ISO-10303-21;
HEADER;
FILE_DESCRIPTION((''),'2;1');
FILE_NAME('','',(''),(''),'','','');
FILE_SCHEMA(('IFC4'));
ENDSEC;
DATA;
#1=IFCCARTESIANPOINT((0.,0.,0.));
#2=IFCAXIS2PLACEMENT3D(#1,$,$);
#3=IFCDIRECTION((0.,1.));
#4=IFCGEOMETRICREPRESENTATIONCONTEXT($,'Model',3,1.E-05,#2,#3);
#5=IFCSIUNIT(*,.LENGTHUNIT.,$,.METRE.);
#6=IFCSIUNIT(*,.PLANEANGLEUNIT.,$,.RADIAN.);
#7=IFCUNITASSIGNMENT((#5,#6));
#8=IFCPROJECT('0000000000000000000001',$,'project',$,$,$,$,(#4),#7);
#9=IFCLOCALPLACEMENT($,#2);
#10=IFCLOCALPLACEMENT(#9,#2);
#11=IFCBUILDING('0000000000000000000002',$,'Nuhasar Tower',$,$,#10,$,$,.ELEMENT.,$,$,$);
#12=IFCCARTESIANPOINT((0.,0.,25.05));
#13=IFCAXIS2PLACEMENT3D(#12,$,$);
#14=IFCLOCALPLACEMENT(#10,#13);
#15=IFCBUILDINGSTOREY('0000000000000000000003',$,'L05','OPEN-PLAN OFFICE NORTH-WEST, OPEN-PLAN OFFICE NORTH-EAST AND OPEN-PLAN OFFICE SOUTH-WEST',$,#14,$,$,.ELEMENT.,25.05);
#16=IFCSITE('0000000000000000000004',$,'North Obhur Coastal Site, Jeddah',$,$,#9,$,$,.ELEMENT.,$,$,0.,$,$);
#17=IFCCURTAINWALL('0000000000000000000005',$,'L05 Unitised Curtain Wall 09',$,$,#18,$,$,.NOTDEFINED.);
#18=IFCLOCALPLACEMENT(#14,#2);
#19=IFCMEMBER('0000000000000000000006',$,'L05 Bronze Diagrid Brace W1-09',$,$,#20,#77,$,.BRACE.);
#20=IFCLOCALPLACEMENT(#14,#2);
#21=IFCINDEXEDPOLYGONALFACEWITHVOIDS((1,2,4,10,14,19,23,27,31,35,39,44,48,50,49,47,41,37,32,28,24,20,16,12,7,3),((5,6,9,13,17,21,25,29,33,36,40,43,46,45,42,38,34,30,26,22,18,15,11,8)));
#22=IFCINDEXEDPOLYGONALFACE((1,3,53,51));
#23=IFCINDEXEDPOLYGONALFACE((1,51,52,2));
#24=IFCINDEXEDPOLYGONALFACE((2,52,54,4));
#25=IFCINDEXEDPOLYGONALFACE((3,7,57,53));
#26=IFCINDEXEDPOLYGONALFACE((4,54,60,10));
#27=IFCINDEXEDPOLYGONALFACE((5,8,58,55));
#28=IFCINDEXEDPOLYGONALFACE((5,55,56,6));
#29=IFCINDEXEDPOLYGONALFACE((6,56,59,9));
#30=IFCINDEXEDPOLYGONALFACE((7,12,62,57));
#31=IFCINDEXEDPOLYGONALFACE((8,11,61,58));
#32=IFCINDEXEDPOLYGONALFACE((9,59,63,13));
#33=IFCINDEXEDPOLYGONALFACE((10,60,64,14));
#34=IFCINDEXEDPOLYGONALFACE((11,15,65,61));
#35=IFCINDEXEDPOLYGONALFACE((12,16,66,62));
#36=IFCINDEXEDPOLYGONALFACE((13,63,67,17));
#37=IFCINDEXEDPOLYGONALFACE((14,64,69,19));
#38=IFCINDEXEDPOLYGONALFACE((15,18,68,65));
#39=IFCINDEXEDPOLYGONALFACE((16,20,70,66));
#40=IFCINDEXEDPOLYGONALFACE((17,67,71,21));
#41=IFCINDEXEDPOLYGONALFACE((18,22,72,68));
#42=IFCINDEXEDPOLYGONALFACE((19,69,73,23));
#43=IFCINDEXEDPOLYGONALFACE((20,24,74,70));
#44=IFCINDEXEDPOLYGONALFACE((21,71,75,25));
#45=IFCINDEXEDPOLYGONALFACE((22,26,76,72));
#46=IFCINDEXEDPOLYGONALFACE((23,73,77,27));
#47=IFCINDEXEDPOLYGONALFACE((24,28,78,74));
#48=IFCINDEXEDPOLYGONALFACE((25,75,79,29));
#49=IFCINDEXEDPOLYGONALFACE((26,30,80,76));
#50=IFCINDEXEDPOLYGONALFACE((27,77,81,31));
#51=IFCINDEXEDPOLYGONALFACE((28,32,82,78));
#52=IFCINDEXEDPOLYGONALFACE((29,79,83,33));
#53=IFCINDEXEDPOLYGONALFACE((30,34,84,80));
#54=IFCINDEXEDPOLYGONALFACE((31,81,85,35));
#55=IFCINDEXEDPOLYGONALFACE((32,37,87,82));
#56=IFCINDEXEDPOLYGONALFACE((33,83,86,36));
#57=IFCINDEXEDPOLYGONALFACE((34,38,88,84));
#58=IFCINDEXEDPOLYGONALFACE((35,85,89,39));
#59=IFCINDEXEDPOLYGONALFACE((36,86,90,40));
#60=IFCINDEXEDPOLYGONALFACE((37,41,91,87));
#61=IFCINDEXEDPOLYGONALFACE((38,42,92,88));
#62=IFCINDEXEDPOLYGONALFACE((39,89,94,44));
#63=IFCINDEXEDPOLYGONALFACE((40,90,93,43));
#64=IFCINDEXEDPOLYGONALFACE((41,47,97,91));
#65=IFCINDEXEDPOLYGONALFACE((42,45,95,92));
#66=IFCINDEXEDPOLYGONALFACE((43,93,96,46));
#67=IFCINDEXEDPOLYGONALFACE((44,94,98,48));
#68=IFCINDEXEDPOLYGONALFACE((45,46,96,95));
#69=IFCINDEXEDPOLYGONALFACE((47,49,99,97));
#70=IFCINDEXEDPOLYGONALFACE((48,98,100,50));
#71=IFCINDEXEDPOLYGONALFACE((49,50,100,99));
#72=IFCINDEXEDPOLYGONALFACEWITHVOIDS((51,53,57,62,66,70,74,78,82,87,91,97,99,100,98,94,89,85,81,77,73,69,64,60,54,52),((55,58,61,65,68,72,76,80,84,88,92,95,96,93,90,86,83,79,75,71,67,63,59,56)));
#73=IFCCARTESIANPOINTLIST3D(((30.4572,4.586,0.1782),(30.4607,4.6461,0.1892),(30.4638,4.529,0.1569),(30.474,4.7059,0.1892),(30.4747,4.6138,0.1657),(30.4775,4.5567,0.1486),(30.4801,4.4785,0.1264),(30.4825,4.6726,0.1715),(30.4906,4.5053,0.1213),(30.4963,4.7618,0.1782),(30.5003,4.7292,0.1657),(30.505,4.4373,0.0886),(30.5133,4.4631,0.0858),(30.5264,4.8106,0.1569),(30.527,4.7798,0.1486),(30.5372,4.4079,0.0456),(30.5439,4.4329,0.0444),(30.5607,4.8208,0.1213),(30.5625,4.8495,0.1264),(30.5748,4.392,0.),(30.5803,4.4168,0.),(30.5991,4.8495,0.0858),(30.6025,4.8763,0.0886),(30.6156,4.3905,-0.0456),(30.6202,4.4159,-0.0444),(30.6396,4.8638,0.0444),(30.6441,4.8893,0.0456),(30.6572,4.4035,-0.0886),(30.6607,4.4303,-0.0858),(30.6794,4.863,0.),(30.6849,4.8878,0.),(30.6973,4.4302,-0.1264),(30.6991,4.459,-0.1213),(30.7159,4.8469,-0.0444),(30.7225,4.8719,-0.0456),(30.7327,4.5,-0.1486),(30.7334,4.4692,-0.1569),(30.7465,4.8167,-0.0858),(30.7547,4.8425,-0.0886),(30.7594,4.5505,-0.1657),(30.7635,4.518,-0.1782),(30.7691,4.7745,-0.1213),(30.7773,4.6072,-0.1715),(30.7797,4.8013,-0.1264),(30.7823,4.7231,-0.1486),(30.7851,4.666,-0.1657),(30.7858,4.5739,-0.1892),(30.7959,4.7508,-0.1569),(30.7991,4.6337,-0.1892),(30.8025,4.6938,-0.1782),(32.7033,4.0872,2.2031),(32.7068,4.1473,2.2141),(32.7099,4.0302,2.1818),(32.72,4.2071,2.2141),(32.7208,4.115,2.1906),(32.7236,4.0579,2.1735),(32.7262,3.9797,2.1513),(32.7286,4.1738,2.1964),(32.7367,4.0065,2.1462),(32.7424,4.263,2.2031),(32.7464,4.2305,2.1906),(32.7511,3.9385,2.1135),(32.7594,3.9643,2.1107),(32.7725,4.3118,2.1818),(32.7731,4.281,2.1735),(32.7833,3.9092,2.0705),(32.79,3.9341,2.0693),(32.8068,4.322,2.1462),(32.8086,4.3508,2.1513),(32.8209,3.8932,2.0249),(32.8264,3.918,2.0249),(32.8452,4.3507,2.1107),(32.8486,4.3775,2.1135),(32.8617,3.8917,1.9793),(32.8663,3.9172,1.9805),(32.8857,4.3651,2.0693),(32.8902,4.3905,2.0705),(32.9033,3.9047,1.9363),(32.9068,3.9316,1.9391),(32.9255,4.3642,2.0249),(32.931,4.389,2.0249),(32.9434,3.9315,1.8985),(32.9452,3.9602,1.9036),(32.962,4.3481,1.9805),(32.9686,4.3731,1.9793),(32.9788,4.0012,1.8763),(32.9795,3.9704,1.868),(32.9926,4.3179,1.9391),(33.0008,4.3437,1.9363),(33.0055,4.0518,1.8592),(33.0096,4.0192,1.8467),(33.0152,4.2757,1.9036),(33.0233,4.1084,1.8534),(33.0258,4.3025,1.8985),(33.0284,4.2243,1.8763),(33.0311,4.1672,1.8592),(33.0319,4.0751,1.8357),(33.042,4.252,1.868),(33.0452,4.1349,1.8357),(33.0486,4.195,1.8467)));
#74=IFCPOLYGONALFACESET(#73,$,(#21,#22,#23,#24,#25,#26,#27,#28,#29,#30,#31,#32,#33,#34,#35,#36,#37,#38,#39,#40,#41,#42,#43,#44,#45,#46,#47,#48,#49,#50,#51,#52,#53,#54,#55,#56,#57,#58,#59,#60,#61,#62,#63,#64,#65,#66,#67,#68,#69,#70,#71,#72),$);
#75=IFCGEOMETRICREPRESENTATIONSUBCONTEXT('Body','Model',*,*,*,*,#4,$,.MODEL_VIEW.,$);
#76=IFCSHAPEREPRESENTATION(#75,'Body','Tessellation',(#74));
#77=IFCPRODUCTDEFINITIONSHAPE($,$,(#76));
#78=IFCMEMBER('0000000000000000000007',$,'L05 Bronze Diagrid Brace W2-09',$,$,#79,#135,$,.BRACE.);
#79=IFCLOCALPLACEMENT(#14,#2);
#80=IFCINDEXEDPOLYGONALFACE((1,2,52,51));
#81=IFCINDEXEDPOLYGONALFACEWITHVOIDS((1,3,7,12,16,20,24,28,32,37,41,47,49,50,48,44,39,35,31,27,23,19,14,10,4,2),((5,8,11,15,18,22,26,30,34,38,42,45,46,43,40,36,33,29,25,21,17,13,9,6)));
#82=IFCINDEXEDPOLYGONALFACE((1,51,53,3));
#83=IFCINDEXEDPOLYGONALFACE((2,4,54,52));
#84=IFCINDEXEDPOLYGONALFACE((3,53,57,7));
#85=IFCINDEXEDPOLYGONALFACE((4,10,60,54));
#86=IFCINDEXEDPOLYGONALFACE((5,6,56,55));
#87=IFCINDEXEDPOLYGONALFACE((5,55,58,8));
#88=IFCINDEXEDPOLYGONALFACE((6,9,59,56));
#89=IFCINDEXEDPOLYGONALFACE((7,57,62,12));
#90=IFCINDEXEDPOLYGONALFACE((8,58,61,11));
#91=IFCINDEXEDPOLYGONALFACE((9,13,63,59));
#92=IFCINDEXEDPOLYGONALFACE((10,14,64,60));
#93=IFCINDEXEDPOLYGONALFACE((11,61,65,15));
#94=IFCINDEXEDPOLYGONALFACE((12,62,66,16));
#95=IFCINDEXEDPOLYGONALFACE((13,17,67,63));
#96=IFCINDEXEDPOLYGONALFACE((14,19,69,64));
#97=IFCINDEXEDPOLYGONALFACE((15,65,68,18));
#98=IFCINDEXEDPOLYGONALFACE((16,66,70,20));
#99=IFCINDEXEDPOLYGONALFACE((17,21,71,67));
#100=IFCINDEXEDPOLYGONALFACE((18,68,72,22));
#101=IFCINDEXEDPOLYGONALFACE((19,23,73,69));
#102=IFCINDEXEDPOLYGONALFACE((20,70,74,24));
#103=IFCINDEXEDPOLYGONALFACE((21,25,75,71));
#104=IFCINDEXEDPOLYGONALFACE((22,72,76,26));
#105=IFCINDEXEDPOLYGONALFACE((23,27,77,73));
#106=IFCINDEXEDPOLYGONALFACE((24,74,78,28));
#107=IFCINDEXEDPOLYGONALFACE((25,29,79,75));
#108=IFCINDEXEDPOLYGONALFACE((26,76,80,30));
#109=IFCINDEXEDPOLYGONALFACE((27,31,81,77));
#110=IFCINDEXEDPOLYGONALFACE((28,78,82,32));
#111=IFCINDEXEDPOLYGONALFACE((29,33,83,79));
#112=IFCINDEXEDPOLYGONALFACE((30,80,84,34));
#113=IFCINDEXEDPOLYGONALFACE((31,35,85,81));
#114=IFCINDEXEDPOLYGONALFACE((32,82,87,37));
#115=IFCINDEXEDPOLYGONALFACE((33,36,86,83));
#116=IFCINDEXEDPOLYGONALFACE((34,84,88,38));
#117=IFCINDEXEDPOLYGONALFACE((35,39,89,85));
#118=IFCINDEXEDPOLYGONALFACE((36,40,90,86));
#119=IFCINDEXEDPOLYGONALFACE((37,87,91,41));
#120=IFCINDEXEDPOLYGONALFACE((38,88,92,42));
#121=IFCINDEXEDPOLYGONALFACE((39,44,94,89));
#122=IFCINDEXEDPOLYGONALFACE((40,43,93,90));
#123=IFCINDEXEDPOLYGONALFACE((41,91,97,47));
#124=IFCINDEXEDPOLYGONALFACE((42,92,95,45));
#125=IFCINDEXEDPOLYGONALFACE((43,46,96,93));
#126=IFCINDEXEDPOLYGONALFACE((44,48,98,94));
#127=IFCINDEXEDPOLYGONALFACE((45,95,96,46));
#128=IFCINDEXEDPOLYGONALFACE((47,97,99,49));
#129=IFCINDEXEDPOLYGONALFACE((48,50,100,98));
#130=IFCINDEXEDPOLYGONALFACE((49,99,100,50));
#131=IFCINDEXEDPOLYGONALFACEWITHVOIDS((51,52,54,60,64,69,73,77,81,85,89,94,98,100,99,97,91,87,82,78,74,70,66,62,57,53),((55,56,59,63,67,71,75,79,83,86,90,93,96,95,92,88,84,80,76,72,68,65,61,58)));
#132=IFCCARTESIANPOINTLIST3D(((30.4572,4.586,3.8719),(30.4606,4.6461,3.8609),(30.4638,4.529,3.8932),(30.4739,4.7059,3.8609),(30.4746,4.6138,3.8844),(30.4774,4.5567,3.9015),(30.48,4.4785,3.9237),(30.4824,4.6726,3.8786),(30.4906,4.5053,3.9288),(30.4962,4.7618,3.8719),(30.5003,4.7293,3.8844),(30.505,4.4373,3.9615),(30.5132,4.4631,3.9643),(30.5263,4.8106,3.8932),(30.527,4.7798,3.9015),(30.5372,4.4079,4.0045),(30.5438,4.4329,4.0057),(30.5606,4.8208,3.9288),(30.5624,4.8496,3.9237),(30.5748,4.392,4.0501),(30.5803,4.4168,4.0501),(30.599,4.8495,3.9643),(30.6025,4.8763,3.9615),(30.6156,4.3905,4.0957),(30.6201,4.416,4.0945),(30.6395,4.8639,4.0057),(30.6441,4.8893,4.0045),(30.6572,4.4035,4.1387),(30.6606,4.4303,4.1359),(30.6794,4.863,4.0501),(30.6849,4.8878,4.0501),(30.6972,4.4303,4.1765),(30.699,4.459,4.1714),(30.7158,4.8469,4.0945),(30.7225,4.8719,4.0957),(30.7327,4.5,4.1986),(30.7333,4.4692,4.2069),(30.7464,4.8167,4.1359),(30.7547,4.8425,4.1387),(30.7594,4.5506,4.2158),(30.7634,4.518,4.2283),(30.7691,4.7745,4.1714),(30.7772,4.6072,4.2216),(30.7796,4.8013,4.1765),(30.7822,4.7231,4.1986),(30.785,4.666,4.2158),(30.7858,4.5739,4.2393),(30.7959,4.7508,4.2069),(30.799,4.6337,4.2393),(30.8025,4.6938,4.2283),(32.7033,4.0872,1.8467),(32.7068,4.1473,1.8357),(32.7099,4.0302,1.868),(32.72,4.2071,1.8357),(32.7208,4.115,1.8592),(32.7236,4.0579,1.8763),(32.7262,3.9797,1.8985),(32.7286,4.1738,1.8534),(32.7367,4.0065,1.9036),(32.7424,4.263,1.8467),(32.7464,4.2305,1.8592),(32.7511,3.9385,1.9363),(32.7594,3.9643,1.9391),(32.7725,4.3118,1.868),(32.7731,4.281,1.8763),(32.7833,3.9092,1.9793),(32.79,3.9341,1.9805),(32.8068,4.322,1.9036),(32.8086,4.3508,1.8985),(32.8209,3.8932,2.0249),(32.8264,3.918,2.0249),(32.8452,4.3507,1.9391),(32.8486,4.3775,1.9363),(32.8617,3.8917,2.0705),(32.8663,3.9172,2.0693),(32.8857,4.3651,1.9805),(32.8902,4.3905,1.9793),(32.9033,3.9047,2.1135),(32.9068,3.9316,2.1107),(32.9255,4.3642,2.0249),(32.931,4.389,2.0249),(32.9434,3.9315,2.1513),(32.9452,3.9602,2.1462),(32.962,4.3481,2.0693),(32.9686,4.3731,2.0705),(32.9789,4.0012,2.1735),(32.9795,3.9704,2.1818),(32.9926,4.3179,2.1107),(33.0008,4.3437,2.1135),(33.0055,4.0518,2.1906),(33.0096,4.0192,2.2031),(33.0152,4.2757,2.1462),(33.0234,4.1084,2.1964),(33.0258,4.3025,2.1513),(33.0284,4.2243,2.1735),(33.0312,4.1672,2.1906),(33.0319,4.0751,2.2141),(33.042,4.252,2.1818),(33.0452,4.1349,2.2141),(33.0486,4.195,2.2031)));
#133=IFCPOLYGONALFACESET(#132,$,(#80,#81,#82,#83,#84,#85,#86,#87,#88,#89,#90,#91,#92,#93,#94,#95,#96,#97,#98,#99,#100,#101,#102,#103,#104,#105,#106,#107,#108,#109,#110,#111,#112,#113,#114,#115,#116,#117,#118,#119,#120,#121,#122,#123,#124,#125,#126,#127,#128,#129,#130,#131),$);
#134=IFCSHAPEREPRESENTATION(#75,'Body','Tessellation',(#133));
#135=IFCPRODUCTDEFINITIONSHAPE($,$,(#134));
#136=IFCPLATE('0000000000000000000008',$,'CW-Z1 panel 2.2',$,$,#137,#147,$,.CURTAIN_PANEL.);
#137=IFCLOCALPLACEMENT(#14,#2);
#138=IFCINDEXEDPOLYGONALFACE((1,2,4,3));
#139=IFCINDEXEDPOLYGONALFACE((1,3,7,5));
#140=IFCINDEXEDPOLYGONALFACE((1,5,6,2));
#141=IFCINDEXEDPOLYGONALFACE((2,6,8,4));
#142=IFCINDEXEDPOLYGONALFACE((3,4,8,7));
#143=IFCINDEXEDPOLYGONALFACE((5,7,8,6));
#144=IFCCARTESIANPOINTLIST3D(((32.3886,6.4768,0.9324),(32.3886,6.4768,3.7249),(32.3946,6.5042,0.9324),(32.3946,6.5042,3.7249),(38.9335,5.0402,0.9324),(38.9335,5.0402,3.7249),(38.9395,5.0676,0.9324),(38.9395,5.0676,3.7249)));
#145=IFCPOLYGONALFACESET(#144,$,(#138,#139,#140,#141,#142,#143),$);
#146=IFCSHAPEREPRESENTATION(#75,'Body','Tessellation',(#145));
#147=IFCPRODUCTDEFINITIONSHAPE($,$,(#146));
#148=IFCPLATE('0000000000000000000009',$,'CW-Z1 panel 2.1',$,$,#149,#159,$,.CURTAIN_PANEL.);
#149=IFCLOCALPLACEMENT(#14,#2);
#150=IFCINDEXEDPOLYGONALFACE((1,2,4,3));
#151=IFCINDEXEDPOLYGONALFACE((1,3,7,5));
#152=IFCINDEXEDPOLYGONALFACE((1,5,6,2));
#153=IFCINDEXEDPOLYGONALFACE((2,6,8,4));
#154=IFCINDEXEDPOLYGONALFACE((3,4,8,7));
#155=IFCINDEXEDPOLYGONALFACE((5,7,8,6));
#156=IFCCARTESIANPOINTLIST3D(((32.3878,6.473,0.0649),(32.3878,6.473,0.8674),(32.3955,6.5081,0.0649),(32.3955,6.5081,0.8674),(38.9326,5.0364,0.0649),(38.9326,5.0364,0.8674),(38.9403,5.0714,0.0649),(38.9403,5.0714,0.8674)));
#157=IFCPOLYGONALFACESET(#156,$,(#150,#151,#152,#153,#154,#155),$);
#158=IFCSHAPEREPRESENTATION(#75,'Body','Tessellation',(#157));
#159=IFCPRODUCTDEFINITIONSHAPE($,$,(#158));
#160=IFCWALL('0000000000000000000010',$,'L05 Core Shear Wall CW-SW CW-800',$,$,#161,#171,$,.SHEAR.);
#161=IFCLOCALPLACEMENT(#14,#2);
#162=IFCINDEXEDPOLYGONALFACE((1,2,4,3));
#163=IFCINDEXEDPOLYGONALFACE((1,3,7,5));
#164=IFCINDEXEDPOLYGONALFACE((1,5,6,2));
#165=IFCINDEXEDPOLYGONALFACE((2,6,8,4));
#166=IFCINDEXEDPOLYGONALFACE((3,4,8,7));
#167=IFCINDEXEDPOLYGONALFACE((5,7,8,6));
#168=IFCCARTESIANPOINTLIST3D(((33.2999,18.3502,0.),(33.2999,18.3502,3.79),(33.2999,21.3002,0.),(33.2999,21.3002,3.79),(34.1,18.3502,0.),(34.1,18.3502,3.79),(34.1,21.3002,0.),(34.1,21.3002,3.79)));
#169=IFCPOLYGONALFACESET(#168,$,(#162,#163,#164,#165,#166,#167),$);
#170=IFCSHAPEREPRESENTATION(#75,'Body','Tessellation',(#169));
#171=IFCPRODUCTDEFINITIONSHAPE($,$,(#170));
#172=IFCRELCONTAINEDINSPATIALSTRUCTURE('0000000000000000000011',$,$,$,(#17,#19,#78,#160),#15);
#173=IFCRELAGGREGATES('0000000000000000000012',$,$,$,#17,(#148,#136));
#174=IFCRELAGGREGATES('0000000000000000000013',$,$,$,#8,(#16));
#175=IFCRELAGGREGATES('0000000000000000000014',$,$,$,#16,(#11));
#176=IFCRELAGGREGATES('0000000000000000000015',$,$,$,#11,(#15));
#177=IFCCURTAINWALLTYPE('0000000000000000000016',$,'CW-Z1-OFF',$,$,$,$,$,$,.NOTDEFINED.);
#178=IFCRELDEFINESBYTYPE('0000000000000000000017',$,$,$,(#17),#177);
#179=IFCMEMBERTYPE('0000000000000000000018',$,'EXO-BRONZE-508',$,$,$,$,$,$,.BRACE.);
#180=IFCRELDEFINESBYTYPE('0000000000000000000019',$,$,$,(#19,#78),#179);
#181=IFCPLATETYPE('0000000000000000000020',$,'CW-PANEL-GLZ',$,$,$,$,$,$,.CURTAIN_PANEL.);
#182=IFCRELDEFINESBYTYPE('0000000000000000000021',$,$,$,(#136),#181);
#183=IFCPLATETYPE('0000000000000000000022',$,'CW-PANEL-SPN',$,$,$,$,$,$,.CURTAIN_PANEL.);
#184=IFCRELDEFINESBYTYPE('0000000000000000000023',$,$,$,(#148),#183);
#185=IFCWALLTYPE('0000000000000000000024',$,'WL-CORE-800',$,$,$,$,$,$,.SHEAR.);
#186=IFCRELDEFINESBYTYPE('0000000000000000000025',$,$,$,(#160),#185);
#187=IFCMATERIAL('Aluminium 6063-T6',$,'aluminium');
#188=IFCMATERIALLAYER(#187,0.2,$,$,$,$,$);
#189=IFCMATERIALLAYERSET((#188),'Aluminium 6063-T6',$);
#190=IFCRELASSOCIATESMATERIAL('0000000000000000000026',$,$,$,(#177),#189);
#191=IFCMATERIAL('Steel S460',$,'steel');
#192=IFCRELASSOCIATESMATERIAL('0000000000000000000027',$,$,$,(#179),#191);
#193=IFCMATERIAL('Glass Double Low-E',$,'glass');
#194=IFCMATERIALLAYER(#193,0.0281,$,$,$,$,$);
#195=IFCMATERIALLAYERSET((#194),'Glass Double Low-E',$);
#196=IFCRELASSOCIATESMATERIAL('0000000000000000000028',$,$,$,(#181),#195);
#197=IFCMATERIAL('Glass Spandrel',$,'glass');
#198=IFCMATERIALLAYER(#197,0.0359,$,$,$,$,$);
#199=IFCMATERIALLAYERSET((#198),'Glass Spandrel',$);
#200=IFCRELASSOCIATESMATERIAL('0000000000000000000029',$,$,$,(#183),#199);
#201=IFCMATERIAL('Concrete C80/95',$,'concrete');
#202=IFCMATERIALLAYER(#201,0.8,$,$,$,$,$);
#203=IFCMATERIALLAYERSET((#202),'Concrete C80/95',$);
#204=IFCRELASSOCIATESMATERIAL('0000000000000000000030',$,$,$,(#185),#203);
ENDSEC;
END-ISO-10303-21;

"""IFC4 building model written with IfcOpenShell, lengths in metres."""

from ifc_helpers import new_model, si_unit, direction, frame, frame_2d, origin, origin_2d, place, context, subcontext, project, spatial, rectangle, hollow_circle, extrude, material, layer, layer_set, material_profile, profile_set, type_object, element, aggregate, save


model = new_model("IFC4")

# Units and contexts
model_context = context("Model", 3, precision=1e-05, world=origin(), true_north=direction((0.0, 1.0)))
body_context = subcontext(model_context, "Body", "Model", "MODEL_VIEW")
ifc_project = project(units=[si_unit("LENGTHUNIT", "METRE"), si_unit("PLANEANGLEUNIT", "RADIAN")], contexts=[model_context])

# Site, building, storey
site_placement = place(None, origin())
site = spatial("IfcSite", under=ifc_project, at=site_placement, Name="North Obhur Coastal Site, Jeddah", CompositionType="ELEMENT", RefElevation=0.0)
building_placement = place(site_placement, origin())
building = spatial("IfcBuilding", under=site, at=building_placement, Name="Nuhasar Tower", CompositionType="ELEMENT")
storey_placement = place(building_placement, frame((0.0, 0.0, 25.05)))
storey = spatial("IfcBuildingStorey", under=building, at=storey_placement, Name="L05", Description="OPEN-PLAN OFFICE NORTH-WEST, OPEN-PLAN OFFICE NORTH-EAST AND OPEN-PLAN OFFICE SOUTH-WEST", CompositionType="ELEMENT", Elevation=25.05)

# Shared definitions
ifc_material_1 = material(Name="Concrete C80/95", Category="concrete")

# Curtain wall
ifc_material_2 = material(Name="Aluminium 6063-T6", Category="aluminium")
ifc_layer_1 = layer(ifc_material_2, 0.2)
ifc_layer_set_1 = layer_set([ifc_layer_1], Name="Aluminium 6063-T6")
curtain_wall_type = type_object("IfcCurtainWallType", Name="CW-Z1-OFF", PredefinedType="NOTDEFINED", material=ifc_layer_set_1)
curtain_wall_placement = place(storey_placement, origin())
curtain_wall = element("IfcCurtainWall", 1, at=curtain_wall_placement, inside=storey, type_object=curtain_wall_type, Name="L05 Unitised Curtain Wall 09", PredefinedType="NOTDEFINED")

# Members
ifc_material_3 = material(Name="Steel S460", Category="steel")
ifc_material_profile_1 = material_profile(ifc_material_3, hollow_circle(Radius=0.2539, WallThickness=0.0254, at=origin_2d()), Name="HSS508X25.4")
ifc_profile_set_1 = profile_set([ifc_material_profile_1], Name="Steel S460")
member_type_1 = type_object("IfcMemberType", Name="EXO-BRONZE-508", PredefinedType="BRACE", material=ifc_profile_set_1)
member_1_placement = place(storey_placement, frame((30.6299, 4.6399, 0.0), z_axis=(0.732831, -0.162736, 0.660663), x_axis=(0.216784, 0.97622, 0.0)))
element("IfcMember", 2, at=member_1_placement, inside=storey, type_object=member_type_1, Name="L05 Bronze Diagrid Brace W1-09", PredefinedType="BRACE", context=body_context, shape_type="SweptSolid", body=[
    extrude(hollow_circle(Radius=0.2539, WallThickness=0.0254, at=origin_2d()), origin(), (0.0, 0.0, 1.0), 3.0649),
])
member_2_placement = place(storey_placement, frame((32.876, 4.1411, 2.0249), z_axis=(-0.732792, 0.162728, 0.660708), x_axis=(-0.216784, -0.97622, 0.0)))
element("IfcMember", 3, at=member_2_placement, inside=storey, type_object=member_type_1, Name="L05 Bronze Diagrid Brace W2-09", PredefinedType="BRACE", context=body_context, shape_type="SweptSolid", body=[
    extrude(hollow_circle(Radius=0.2539, WallThickness=0.0254, at=origin_2d()), origin(), (0.0, 0.0, 1.0), 3.0652),
])

# Plates
ifc_material_4 = material(Name="Glass Double Low-E", Category="glass")
ifc_layer_2 = layer(ifc_material_4, 0.0281)
ifc_layer_set_2 = layer_set([ifc_layer_2], Name="Glass Double Low-E")
plate_type_1 = type_object("IfcPlateType", Name="CW-PANEL-GLZ", PredefinedType="CURTAIN_PANEL", material=ifc_layer_set_2)
plate_1_placement = place(storey_placement, frame((35.6641, 5.7722, 0.9324), z_axis=(0.0, 0.0, 1.0), x_axis=(0.976746, -0.214399, 0.0)))
plate_1 = element("IfcPlate", 4, at=plate_1_placement, type_object=plate_type_1, Name="CW-Z1 panel 2.2", PredefinedType="CURTAIN_PANEL", context=body_context, shape_type="SweptSolid", body=[
    extrude(rectangle(XDim=6.7007, YDim=0.0281, at=origin_2d()), origin(), (0.0, 0.0, 1.0), 2.7925),
])
ifc_material_5 = material(Name="Glass Spandrel", Category="glass")
ifc_layer_3 = layer(ifc_material_5, 0.0359)
ifc_layer_set_3 = layer_set([ifc_layer_3], Name="Glass Spandrel")
plate_type_2 = type_object("IfcPlateType", Name="CW-PANEL-SPN", PredefinedType="CURTAIN_PANEL", material=ifc_layer_set_3)
plate_2_placement = place(storey_placement, frame((35.6641, 5.7722, 0.0649), z_axis=(0.0, 0.0, 1.0), x_axis=(0.976746, -0.214399, 0.0)))
plate_2 = element("IfcPlate", 5, at=plate_2_placement, type_object=plate_type_2, Name="CW-Z1 panel 2.1", PredefinedType="CURTAIN_PANEL", context=body_context, shape_type="SweptSolid", body=[
    extrude(rectangle(XDim=6.7007, YDim=0.0359, at=origin_2d()), origin(), (0.0, 0.0, 1.0), 0.8025),
])
aggregate(curtain_wall, [plate_2, plate_1])

# Wall
ifc_layer_4 = layer(ifc_material_1, 0.8)
ifc_layer_set_4 = layer_set([ifc_layer_4], Name="Concrete C80/95")
wall_type_1 = type_object("IfcWallType", Name="WL-CORE-800", PredefinedType="SHEAR", material=ifc_layer_set_4)
wall_1_placement = place(storey_placement, frame((33.7, 18.3501, 0.0), z_axis=(0.0, 0.0, 1.0), x_axis=(0.0, 1.0, 0.0)))
element("IfcWall", 6, at=wall_1_placement, inside=storey, type_object=wall_type_1, Name="L05 Core Shear Wall CW-SW CW-800", PredefinedType="SHEAR", context=body_context, shape_type="SweptSolid", body=[
    extrude(rectangle(XDim=2.95, YDim=0.8, at=frame_2d((1.4751, 0.0))), origin(), (0.0, 0.0, 1.0), 3.79),
])

save(model, "model.ifc")
